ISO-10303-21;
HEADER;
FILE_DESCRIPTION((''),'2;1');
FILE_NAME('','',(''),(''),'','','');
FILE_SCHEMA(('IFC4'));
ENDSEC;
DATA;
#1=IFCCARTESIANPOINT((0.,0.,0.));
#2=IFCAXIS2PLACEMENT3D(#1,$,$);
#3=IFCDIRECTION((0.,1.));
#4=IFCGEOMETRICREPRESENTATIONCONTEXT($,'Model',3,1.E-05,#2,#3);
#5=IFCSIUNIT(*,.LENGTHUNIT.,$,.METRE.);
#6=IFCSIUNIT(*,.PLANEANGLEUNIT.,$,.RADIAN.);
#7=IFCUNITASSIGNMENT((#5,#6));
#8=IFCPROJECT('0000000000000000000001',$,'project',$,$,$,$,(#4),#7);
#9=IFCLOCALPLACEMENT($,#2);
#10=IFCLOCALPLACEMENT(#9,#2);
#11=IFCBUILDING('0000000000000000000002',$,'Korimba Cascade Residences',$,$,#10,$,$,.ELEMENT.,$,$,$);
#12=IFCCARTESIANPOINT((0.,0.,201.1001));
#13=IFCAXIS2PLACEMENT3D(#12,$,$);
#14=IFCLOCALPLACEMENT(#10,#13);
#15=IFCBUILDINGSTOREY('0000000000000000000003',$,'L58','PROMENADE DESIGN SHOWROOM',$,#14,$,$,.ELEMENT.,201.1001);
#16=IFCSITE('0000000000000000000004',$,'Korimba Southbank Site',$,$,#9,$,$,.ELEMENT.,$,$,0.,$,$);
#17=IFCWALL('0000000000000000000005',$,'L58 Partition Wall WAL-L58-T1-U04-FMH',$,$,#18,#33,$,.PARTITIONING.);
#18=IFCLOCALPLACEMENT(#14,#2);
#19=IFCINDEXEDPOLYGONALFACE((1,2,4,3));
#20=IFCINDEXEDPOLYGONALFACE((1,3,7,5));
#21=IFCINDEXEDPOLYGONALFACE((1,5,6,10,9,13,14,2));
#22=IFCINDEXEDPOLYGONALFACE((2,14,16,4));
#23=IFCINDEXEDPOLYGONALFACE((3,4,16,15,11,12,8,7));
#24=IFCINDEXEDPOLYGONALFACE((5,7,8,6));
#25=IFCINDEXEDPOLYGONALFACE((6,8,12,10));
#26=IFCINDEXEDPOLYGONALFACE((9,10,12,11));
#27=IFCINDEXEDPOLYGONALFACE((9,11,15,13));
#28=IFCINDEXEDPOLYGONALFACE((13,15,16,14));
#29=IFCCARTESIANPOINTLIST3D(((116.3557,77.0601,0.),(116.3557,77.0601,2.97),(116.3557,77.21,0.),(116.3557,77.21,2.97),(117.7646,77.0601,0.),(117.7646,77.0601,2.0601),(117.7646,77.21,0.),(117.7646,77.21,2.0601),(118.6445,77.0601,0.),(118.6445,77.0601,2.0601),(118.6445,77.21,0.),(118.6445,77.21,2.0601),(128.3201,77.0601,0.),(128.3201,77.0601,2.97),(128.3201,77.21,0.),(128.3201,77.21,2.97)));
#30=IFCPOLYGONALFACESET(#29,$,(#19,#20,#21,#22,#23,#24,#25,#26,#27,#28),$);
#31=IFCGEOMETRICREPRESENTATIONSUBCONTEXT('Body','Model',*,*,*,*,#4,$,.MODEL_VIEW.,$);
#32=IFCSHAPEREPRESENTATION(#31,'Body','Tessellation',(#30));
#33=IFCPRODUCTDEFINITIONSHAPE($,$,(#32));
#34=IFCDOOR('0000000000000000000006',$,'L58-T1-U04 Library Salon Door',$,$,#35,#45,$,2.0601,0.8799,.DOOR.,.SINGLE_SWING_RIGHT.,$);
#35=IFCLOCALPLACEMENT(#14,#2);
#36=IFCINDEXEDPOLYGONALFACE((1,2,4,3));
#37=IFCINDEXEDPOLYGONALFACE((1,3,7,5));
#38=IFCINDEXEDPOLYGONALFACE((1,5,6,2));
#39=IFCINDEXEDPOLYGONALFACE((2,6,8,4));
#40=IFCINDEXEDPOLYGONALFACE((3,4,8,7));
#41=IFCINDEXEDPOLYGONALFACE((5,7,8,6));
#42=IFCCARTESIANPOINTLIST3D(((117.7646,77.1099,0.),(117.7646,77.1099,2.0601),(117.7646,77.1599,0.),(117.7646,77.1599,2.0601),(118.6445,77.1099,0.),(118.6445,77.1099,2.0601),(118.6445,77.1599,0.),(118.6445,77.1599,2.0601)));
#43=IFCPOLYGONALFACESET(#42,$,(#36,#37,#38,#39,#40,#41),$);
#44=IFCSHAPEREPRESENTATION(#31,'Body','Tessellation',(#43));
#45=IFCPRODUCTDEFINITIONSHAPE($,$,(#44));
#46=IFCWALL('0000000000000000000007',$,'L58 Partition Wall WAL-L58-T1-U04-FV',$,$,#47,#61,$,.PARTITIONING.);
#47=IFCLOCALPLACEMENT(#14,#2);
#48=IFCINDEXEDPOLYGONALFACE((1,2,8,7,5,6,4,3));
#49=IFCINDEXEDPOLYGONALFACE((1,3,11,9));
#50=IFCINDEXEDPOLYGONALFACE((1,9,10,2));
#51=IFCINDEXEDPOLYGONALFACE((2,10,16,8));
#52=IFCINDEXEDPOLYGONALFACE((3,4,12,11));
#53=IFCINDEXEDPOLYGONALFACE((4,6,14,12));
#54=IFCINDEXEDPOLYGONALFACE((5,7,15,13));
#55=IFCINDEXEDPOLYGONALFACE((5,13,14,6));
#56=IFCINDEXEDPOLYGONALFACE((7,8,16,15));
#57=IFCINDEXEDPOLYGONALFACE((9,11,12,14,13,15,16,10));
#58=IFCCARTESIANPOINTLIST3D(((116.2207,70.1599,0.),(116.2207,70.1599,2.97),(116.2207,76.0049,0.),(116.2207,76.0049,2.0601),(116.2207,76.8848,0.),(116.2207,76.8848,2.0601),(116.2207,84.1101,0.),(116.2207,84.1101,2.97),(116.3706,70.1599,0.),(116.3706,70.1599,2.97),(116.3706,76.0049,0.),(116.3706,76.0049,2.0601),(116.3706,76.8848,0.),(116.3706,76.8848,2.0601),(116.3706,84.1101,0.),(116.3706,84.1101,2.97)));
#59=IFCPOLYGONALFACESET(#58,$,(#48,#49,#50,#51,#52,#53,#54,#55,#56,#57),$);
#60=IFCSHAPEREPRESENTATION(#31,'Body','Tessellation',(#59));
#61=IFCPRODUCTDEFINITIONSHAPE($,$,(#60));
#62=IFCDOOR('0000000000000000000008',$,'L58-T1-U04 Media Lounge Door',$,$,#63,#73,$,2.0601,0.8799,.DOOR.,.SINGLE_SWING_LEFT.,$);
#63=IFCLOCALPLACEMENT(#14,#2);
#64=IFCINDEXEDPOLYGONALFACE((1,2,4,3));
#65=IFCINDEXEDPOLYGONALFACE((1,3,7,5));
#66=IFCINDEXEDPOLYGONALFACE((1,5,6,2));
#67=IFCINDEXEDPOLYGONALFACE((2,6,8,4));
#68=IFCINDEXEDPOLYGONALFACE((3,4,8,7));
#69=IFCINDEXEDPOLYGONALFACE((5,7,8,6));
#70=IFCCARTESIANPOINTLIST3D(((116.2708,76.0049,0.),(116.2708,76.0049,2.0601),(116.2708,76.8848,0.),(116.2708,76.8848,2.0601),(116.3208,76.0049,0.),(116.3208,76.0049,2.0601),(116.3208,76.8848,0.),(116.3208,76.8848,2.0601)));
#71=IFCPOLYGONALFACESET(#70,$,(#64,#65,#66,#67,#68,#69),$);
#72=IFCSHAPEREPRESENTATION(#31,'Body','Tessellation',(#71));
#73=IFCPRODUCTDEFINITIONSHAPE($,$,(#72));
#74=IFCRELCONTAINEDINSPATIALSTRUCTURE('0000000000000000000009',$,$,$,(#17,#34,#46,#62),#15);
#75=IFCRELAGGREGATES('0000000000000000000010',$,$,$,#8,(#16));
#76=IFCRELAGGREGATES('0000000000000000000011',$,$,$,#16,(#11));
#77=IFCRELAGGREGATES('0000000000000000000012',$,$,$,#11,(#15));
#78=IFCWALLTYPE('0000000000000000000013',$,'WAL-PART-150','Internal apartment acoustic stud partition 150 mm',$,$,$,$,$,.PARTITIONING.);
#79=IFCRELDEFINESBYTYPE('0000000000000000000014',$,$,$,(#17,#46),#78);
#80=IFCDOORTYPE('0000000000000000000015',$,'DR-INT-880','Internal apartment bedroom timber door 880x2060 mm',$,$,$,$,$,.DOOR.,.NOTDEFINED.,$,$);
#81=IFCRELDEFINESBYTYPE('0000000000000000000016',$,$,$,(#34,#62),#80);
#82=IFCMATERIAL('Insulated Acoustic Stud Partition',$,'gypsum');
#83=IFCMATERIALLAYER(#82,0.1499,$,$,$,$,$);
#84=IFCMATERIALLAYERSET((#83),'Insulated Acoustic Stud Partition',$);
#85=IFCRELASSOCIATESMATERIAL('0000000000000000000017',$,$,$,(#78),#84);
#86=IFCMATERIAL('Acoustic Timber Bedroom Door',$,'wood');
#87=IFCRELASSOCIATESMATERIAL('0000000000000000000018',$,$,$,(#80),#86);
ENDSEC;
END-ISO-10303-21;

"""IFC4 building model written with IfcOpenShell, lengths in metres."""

from ifc_helpers import new_model, si_unit, direction, frame, frame_2d, origin, place, context, subcontext, project, spatial, rectangle, extrude, material, layer, layer_set, type_object, element, fill, save


model = new_model("IFC4")

# Units and contexts
model_context = context("Model", 3, precision=1e-05, world=origin(), true_north=direction((0.0, 1.0)))
body_context = subcontext(model_context, "Body", "Model", "MODEL_VIEW")
ifc_project = project(units=[si_unit("LENGTHUNIT", "METRE"), si_unit("PLANEANGLEUNIT", "RADIAN")], contexts=[model_context])

# Site, building, storey
site_placement = place(None, origin())
site = spatial("IfcSite", under=ifc_project, at=site_placement, Name="Korimba Southbank Site", CompositionType="ELEMENT", RefElevation=0.0)
building_placement = place(site_placement, origin())
building = spatial("IfcBuilding", under=site, at=building_placement, Name="Korimba Cascade Residences", CompositionType="ELEMENT")
storey_placement = place(building_placement, frame((0.0, 0.0, 201.1001)))
storey = spatial("IfcBuildingStorey", under=building, at=storey_placement, Name="L58", Description="PROMENADE DESIGN SHOWROOM", CompositionType="ELEMENT", Elevation=201.1001)

# Walls, openings, doors
ifc_material_1 = material(Name="Insulated Acoustic Stud Partition", Category="gypsum")
ifc_layer_1 = layer(ifc_material_1, 0.1499)
ifc_layer_set_1 = layer_set([ifc_layer_1], Name="Insulated Acoustic Stud Partition")
wall_type_1 = type_object("IfcWallType", Name="WAL-PART-150", Description="Internal apartment acoustic stud partition 150 mm", PredefinedType="PARTITIONING", material=ifc_layer_set_1)
wall_1_placement = place(storey_placement, frame((116.3557, 77.135, 0.0), z_axis=(0.0, 0.0, 1.0), x_axis=(1.0, 0.0, 0.0)))
wall_1 = element("IfcWall", 1, at=wall_1_placement, inside=storey, type_object=wall_type_1, Name="L58 Partition Wall WAL-L58-T1-U04-FMH", PredefinedType="PARTITIONING", context=body_context, shape_type="SweptSolid", body=[
    extrude(rectangle(XDim=11.9644, YDim=0.1499, at=frame_2d((5.9822, 0.0))), origin(), (0.0, 0.0, 1.0), 2.97),
])
opening_1_placement = place(wall_1_placement, frame((1.4089, 0.0, 0.0)))
opening_1 = element("IfcOpeningElement", 2, at=opening_1_placement, cuts=wall_1, PredefinedType="OPENING", context=body_context, shape_type="SweptSolid", body=[
    extrude(rectangle(XDim=0.8799, YDim=2.0601, at=frame_2d((0.4399, 1.03))), frame((0.0, 0.085, 0.0), z_axis=(0.0, -1.0, 0.0), x_axis=(1.0, 0.0, 0.0)), (0.0, 0.0, 1.0), 0.1699),
])
ifc_material_2 = material(Name="Acoustic Timber Bedroom Door", Category="wood")
door_type_1 = type_object("IfcDoorType", Name="DR-INT-880", Description="Internal apartment bedroom timber door 880x2060 mm", OperationType="NOTDEFINED", PredefinedType="DOOR", material=ifc_material_2)
door_1_placement = place(opening_1_placement, origin())
door_1 = element("IfcDoor", 3, at=door_1_placement, inside=storey, type_object=door_type_1, Name="L58-T1-U04 Library Salon Door", OperationType="SINGLE_SWING_RIGHT", OverallHeight=2.0601, OverallWidth=0.8799, PredefinedType="DOOR", context=body_context, shape_type="SweptSolid", body=[
    extrude(rectangle(XDim=0.8799, YDim=2.0601, at=frame_2d((0.4399, 1.03))), frame((0.0, 0.0249, 0.0), z_axis=(0.0, -1.0, 0.0), x_axis=(1.0, 0.0, 0.0)), (0.0, 0.0, 1.0), 0.05),
])
fill(opening_1, door_1)
wall_2_placement = place(storey_placement, frame((116.2957, 70.1599, 0.0), z_axis=(0.0, 0.0, 1.0), x_axis=(0.0, 1.0, 0.0)))
wall_2 = element("IfcWall", 4, at=wall_2_placement, inside=storey, type_object=wall_type_1, Name="L58 Partition Wall WAL-L58-T1-U04-FV", PredefinedType="PARTITIONING", context=body_context, shape_type="SweptSolid", body=[
    extrude(rectangle(XDim=13.9502, YDim=0.1499, at=frame_2d((6.9751, 0.0))), origin(), (0.0, 0.0, 1.0), 2.97),
])
opening_2_placement = place(wall_2_placement, frame((5.845, 0.0, 0.0)))
opening_2 = element("IfcOpeningElement", 5, at=opening_2_placement, cuts=wall_2, PredefinedType="OPENING", context=body_context, shape_type="SweptSolid", body=[
    extrude(rectangle(XDim=0.8799, YDim=2.0601, at=frame_2d((0.4399, 1.03))), frame((0.0, 0.085, 0.0), z_axis=(0.0, -1.0, 0.0), x_axis=(1.0, 0.0, 0.0)), (0.0, 0.0, 1.0), 0.1699),
])
door_2_placement = place(opening_2_placement, origin())
door_2 = element("IfcDoor", 6, at=door_2_placement, inside=storey, type_object=door_type_1, Name="L58-T1-U04 Media Lounge Door", OperationType="SINGLE_SWING_LEFT", OverallHeight=2.0601, OverallWidth=0.8799, PredefinedType="DOOR", context=body_context, shape_type="SweptSolid", body=[
    extrude(rectangle(XDim=0.8799, YDim=2.0601, at=frame_2d((0.4399, 1.03))), frame((0.0, 0.0249, 0.0), z_axis=(0.0, -1.0, 0.0), x_axis=(1.0, 0.0, 0.0)), (0.0, 0.0, 1.0), 0.05),
])
fill(opening_2, door_2)

save(model, "model.ifc")
